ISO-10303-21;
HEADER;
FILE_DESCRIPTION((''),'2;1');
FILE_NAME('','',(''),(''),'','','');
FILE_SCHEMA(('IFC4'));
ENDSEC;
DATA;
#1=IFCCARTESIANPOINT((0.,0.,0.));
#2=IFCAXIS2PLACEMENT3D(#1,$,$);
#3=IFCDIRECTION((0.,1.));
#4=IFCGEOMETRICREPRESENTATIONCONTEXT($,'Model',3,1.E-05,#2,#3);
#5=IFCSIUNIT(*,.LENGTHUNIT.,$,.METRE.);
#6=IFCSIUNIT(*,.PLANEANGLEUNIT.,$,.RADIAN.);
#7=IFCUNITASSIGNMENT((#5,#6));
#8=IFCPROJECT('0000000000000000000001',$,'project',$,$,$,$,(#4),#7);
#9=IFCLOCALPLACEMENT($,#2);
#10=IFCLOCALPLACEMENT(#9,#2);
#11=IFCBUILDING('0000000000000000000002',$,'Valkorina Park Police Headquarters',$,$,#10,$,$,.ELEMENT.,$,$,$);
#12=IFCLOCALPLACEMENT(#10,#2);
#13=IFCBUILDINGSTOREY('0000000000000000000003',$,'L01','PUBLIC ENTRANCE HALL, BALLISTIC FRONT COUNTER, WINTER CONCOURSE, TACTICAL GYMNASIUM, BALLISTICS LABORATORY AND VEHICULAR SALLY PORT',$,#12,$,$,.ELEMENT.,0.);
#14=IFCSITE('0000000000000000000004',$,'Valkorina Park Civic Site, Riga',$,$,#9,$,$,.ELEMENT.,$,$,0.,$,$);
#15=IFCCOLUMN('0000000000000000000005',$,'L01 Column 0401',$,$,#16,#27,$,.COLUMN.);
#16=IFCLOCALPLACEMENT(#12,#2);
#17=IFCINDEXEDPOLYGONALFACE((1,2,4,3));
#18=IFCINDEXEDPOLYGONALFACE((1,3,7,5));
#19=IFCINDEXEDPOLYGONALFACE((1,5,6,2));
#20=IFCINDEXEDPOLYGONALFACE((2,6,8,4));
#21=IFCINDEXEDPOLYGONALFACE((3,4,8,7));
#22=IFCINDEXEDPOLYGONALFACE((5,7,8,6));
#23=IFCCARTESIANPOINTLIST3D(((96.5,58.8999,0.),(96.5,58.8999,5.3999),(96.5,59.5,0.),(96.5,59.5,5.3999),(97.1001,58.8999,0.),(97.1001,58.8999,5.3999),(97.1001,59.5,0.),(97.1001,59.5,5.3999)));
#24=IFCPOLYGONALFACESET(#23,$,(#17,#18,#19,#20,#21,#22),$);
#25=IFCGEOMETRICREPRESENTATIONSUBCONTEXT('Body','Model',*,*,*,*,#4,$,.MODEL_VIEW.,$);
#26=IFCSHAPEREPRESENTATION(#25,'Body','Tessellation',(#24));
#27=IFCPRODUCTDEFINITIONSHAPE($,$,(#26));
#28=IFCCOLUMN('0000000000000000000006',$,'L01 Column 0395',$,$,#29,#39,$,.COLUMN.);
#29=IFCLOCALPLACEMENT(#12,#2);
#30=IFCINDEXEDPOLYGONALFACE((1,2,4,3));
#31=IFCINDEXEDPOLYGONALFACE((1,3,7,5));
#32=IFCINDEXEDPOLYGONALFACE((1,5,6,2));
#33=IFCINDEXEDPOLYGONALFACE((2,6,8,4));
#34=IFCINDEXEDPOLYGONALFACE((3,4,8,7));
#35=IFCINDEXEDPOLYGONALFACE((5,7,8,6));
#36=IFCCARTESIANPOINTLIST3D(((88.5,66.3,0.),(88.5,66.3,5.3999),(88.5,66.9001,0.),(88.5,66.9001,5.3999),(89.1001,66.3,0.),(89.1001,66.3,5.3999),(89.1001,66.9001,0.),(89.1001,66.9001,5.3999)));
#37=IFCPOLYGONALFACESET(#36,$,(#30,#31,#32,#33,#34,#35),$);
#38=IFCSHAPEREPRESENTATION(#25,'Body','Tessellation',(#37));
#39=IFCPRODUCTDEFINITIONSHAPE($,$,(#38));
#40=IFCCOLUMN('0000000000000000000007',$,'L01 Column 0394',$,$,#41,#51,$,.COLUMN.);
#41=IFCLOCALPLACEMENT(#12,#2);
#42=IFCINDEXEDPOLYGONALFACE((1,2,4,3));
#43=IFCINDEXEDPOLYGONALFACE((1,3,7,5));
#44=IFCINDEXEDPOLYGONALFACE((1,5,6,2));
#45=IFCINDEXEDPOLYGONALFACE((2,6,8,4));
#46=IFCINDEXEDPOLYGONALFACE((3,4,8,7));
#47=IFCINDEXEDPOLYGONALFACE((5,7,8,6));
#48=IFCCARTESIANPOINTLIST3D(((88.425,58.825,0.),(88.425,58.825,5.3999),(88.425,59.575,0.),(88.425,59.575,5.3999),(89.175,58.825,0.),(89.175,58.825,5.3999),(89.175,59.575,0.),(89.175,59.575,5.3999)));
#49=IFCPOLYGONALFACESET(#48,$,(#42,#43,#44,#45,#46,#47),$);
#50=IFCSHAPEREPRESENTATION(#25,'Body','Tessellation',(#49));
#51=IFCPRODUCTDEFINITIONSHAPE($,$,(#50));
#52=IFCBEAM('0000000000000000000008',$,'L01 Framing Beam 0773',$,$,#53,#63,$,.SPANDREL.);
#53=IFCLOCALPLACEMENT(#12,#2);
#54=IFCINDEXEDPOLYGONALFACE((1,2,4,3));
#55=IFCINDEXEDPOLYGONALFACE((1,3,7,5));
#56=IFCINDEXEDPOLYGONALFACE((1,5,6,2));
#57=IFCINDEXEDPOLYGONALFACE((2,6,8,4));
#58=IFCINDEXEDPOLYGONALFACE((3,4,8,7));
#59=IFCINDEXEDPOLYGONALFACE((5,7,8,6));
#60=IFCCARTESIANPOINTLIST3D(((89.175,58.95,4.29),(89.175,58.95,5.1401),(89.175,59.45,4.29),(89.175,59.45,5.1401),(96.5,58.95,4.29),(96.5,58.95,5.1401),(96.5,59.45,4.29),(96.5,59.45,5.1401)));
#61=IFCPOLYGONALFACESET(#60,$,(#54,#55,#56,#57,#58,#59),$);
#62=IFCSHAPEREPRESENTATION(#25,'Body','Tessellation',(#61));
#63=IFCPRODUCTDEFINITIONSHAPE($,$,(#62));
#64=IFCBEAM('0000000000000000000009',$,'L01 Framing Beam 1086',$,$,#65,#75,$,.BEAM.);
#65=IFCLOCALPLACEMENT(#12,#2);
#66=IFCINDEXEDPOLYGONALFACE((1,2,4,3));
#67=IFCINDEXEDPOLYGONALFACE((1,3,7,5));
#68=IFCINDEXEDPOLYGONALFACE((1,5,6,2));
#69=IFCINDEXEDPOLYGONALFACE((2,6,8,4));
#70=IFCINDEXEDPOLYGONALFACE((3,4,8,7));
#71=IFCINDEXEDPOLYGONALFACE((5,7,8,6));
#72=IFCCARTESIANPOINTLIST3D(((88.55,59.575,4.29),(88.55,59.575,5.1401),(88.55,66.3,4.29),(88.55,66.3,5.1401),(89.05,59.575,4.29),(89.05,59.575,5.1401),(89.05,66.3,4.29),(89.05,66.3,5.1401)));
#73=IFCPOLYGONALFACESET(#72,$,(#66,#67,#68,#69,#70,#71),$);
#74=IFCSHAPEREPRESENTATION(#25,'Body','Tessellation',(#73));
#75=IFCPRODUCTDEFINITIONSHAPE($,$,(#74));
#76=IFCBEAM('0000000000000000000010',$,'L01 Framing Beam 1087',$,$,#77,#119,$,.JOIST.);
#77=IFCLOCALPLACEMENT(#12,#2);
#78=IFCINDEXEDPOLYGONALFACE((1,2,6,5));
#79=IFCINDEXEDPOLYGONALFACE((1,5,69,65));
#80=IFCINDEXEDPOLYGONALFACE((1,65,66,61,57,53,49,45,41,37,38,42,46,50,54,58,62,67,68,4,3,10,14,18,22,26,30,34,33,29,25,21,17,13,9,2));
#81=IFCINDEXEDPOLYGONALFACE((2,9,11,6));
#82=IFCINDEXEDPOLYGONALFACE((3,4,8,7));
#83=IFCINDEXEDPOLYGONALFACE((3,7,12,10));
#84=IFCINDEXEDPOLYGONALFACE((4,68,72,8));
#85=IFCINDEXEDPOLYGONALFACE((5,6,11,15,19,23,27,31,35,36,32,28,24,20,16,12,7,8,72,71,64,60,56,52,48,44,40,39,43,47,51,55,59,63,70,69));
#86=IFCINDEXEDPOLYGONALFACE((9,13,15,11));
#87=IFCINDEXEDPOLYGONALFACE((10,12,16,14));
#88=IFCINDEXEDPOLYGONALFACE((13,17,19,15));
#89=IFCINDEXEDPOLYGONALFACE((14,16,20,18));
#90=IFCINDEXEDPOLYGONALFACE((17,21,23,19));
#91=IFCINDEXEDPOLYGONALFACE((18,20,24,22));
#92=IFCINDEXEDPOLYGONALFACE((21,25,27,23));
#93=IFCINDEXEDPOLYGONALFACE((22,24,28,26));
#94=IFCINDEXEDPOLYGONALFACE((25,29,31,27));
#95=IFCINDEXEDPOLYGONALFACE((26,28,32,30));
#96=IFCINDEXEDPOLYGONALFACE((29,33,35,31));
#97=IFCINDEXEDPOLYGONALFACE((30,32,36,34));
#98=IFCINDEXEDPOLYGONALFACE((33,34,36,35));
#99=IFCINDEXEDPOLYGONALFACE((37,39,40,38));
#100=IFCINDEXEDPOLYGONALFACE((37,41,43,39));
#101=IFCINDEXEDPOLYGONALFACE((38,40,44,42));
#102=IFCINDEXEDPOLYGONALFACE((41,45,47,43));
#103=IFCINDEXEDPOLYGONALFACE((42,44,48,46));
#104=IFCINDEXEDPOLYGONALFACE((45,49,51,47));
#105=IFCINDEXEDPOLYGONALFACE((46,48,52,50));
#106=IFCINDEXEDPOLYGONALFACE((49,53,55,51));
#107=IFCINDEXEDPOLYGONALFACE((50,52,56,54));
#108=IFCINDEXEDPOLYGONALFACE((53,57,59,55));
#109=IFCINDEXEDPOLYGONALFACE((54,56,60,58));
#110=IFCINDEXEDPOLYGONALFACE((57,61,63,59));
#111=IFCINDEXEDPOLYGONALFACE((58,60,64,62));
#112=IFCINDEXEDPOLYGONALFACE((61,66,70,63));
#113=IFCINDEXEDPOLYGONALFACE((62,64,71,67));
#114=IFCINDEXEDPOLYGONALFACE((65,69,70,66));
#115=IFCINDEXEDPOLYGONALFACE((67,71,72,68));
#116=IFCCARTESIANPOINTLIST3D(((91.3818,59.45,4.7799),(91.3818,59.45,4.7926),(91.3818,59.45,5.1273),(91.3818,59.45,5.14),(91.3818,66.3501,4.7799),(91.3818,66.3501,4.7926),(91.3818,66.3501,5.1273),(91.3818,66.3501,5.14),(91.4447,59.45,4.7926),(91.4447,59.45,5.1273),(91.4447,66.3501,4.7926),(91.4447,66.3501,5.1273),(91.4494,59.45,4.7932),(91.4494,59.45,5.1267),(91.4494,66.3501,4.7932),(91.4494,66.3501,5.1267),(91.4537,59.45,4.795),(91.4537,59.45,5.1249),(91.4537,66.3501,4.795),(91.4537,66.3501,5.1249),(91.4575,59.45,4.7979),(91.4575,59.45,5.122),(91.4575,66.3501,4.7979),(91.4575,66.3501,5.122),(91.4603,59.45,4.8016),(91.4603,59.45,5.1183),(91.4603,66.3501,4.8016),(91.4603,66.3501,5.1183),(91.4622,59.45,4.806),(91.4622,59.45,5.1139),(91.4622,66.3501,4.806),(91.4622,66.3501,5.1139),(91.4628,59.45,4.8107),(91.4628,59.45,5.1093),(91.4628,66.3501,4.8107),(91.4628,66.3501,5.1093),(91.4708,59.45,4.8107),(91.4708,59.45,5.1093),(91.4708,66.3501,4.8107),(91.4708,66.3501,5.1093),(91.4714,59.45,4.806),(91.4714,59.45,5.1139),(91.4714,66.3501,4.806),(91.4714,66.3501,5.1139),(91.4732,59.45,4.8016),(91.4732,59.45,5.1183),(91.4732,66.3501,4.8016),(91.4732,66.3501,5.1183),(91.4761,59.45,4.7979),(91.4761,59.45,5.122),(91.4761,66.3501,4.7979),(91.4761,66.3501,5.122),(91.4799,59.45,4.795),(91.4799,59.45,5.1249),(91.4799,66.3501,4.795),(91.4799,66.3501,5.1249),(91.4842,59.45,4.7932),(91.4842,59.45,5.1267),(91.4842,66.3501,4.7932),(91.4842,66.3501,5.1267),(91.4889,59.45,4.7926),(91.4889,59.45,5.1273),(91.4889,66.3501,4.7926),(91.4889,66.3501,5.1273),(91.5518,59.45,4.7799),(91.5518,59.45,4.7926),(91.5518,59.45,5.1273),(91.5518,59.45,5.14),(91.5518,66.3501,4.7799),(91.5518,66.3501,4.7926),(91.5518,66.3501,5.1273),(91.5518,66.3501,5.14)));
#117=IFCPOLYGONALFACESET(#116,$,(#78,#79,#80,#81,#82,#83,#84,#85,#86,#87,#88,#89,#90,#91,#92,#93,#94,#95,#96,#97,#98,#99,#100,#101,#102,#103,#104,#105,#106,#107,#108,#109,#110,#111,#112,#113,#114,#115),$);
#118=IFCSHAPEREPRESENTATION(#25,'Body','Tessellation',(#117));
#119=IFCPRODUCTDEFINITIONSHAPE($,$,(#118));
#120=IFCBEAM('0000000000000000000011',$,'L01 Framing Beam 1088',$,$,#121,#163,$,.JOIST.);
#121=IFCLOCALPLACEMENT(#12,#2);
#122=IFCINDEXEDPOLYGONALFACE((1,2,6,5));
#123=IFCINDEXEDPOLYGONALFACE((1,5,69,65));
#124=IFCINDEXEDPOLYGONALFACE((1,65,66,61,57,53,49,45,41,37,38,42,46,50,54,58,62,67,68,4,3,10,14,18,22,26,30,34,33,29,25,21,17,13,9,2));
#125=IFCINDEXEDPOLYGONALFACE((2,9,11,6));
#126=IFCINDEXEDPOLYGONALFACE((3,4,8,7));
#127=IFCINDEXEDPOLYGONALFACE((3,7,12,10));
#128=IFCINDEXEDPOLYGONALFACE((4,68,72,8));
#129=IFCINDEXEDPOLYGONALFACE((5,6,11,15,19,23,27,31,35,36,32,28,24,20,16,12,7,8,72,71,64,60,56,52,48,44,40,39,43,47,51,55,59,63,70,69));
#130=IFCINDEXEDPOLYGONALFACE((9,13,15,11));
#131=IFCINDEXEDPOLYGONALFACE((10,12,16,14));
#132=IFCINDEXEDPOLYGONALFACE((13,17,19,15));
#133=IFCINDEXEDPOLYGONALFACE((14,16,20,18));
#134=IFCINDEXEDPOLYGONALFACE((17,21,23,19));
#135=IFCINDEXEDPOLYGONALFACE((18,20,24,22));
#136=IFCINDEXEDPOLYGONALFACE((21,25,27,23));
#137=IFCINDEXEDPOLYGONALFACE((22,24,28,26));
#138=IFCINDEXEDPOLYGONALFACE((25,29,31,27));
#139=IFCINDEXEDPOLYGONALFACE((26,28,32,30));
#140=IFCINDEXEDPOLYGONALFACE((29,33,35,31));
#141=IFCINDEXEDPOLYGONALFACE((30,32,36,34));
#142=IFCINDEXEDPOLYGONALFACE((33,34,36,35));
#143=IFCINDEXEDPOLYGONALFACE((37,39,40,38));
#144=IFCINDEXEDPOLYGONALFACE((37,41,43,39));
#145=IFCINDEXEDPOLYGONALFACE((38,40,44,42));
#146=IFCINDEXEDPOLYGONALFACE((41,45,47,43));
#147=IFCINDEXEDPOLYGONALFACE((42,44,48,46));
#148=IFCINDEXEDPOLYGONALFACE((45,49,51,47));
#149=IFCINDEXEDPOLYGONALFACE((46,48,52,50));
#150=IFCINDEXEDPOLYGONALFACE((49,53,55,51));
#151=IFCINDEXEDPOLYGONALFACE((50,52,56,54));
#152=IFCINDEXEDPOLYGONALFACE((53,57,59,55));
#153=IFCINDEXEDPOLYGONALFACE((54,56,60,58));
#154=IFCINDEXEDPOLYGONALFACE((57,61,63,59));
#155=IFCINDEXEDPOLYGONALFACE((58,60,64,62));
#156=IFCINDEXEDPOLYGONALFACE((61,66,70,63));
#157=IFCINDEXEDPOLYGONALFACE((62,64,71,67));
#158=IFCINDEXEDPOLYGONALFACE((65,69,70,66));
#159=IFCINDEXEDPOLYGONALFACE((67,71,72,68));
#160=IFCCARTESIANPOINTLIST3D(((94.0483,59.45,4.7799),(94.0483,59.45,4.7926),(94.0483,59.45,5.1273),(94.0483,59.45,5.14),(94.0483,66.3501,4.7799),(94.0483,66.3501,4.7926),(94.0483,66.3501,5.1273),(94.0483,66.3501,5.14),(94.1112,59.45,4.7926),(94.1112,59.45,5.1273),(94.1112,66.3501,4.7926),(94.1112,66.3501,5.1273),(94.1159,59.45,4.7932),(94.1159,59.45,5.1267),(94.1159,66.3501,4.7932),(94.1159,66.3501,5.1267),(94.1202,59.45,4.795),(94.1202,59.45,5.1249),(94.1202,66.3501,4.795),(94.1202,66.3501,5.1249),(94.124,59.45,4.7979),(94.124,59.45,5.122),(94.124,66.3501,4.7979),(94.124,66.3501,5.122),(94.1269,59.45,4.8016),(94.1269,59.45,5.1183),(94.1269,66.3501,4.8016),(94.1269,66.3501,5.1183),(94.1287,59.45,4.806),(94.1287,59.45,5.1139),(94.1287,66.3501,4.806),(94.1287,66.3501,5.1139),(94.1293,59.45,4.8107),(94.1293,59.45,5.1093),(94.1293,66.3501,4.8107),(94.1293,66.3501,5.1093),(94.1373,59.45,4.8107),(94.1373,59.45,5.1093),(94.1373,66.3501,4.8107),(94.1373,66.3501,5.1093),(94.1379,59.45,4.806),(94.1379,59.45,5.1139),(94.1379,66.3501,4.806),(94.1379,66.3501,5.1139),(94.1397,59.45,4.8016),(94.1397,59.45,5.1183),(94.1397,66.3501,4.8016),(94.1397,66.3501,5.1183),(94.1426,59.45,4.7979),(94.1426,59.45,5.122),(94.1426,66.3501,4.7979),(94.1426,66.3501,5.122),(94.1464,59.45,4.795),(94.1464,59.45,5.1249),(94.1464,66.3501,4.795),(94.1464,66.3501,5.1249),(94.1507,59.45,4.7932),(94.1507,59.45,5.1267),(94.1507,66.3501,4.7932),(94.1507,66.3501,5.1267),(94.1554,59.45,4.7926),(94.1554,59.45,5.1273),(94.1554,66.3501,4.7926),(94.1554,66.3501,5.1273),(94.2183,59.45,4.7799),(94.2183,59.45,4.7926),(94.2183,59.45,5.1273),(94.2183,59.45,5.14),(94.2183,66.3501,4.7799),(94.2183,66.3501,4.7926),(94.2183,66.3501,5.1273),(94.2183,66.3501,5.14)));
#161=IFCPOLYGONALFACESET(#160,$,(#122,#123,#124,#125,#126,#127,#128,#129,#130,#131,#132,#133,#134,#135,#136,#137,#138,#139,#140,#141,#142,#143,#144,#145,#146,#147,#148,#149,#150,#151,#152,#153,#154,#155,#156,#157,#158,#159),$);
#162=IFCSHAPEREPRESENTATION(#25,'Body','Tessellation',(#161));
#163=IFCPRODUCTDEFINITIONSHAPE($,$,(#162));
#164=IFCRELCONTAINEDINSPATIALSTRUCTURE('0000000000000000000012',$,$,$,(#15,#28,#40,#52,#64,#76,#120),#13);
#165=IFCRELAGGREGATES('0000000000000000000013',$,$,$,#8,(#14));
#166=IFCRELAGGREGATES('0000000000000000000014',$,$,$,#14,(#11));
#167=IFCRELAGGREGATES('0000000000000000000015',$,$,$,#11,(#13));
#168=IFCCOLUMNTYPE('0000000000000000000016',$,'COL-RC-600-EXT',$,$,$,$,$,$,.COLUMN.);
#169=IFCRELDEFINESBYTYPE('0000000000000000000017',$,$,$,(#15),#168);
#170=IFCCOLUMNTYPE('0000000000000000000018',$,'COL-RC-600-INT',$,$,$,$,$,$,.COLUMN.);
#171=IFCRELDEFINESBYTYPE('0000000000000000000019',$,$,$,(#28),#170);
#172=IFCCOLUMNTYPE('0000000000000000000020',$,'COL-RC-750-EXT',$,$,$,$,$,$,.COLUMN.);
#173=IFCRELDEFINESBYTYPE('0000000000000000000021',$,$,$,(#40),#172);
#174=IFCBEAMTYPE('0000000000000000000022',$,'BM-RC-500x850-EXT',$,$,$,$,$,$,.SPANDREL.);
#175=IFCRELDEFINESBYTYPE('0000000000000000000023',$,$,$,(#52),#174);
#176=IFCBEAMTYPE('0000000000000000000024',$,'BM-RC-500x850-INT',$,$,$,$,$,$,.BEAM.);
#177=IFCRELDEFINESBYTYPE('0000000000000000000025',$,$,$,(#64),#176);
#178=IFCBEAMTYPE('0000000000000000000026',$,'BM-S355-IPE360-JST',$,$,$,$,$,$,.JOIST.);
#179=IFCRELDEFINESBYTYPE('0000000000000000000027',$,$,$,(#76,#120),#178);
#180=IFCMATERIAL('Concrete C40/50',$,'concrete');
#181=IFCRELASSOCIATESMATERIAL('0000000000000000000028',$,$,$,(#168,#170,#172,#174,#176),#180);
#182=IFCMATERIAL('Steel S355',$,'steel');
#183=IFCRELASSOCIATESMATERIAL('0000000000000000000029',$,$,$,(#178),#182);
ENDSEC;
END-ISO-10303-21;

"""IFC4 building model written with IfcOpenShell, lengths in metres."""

from ifc_helpers import new_model, si_unit, direction, frame, origin, origin_2d, place, context, subcontext, project, spatial, rectangle, i_section, extrude, material, material_profile, profile_set, type_object, element, save


model = new_model("IFC4")

# Units and contexts
model_context = context("Model", 3, precision=1e-05, world=origin(), true_north=direction((0.0, 1.0)))
body_context = subcontext(model_context, "Body", "Model", "MODEL_VIEW")
ifc_project = project(units=[si_unit("LENGTHUNIT", "METRE"), si_unit("PLANEANGLEUNIT", "RADIAN")], contexts=[model_context])

# Site, building, storey
site_placement = place(None, origin())
site = spatial("IfcSite", under=ifc_project, at=site_placement, Name="Valkorina Park Civic Site, Riga", CompositionType="ELEMENT", RefElevation=0.0)
building_placement = place(site_placement, origin())
building = spatial("IfcBuilding", under=site, at=building_placement, Name="Valkorina Park Police Headquarters", CompositionType="ELEMENT")
storey_placement = place(building_placement, origin())
storey = spatial("IfcBuildingStorey", under=building, at=storey_placement, Name="L01", Description="PUBLIC ENTRANCE HALL, BALLISTIC FRONT COUNTER, WINTER CONCOURSE, TACTICAL GYMNASIUM, BALLISTICS LABORATORY AND VEHICULAR SALLY PORT", CompositionType="ELEMENT", Elevation=0.0)

# Columns
ifc_material_1 = material(Name="Concrete C40/50", Category="concrete")
ifc_material_profile_1 = material_profile(ifc_material_1, rectangle(XDim=0.6001, YDim=0.6001, at=origin_2d()), Name="RC COL 600x600")
ifc_profile_set_1 = profile_set([ifc_material_profile_1], Name="Concrete C40/50")
column_type_1 = type_object("IfcColumnType", Name="COL-RC-600-EXT", PredefinedType="COLUMN", material=ifc_profile_set_1)
column_1_placement = place(storey_placement, frame((96.8, 59.2, 0.0), z_axis=(0.0, 0.0, 1.0), x_axis=(1.0, 0.0, 0.0)))
element("IfcColumn", 1, at=column_1_placement, inside=storey, type_object=column_type_1, Name="L01 Column 0401", PredefinedType="COLUMN", context=body_context, shape_type="SweptSolid", body=[
    extrude(rectangle(XDim=0.6001, YDim=0.6001, at=origin_2d()), origin(), (0.0, 0.0, 1.0), 5.3999),
])
ifc_material_profile_2 = material_profile(ifc_material_1, rectangle(XDim=0.6001, YDim=0.6001, at=origin_2d()), Name="RC COL 600x600")
ifc_profile_set_2 = profile_set([ifc_material_profile_2], Name="Concrete C40/50")
column_type_2 = type_object("IfcColumnType", Name="COL-RC-600-INT", PredefinedType="COLUMN", material=ifc_profile_set_2)
column_2_placement = place(storey_placement, frame((88.8, 66.6001, 0.0), z_axis=(0.0, 0.0, 1.0), x_axis=(1.0, 0.0, 0.0)))
element("IfcColumn", 2, at=column_2_placement, inside=storey, type_object=column_type_2, Name="L01 Column 0395", PredefinedType="COLUMN", context=body_context, shape_type="SweptSolid", body=[
    extrude(rectangle(XDim=0.6001, YDim=0.6001, at=origin_2d()), origin(), (0.0, 0.0, 1.0), 5.3999),
])
ifc_material_profile_3 = material_profile(ifc_material_1, rectangle(XDim=0.75, YDim=0.75, at=origin_2d()), Name="RC COL 750x750")
ifc_profile_set_3 = profile_set([ifc_material_profile_3], Name="Concrete C40/50")
column_type_3 = type_object("IfcColumnType", Name="COL-RC-750-EXT", PredefinedType="COLUMN", material=ifc_profile_set_3)
column_3_placement = place(storey_placement, frame((88.8, 59.2, 0.0), z_axis=(0.0, 0.0, 1.0), x_axis=(1.0, 0.0, 0.0)))
element("IfcColumn", 3, at=column_3_placement, inside=storey, type_object=column_type_3, Name="L01 Column 0394", PredefinedType="COLUMN", context=body_context, shape_type="SweptSolid", body=[
    extrude(rectangle(XDim=0.75, YDim=0.75, at=origin_2d()), origin(), (0.0, 0.0, 1.0), 5.3999),
])

# Beams
ifc_material_profile_4 = material_profile(ifc_material_1, rectangle(XDim=0.5, YDim=0.8501, at=origin_2d()), Name="RC BEAM 500x850")
ifc_profile_set_4 = profile_set([ifc_material_profile_4], Name="Concrete C40/50")
beam_type_1 = type_object("IfcBeamType", Name="BM-RC-500x850-EXT", PredefinedType="SPANDREL", material=ifc_profile_set_4)
beam_1_placement = place(storey_placement, frame((89.175, 59.2, 4.7151), z_axis=(1.0, 0.0, 0.0), x_axis=(0.0, 1.0, 0.0)))
element("IfcBeam", 4, at=beam_1_placement, inside=storey, type_object=beam_type_1, Name="L01 Framing Beam 0773", PredefinedType="SPANDREL", context=body_context, shape_type="SweptSolid", body=[
    extrude(rectangle(XDim=0.5, YDim=0.8501, at=origin_2d()), origin(), (0.0, 0.0, 1.0), 7.325),
])
ifc_material_profile_5 = material_profile(ifc_material_1, rectangle(XDim=0.5, YDim=0.8501, at=origin_2d()), Name="RC BEAM 500x850")
ifc_profile_set_5 = profile_set([ifc_material_profile_5], Name="Concrete C40/50")
beam_type_2 = type_object("IfcBeamType", Name="BM-RC-500x850-INT", PredefinedType="BEAM", material=ifc_profile_set_5)
beam_2_placement = place(storey_placement, frame((88.8, 59.575, 4.7151), z_axis=(0.0, 1.0, 0.0), x_axis=(-1.0, 0.0, 0.0)))
element("IfcBeam", 5, at=beam_2_placement, inside=storey, type_object=beam_type_2, Name="L01 Framing Beam 1086", PredefinedType="BEAM", context=body_context, shape_type="SweptSolid", body=[
    extrude(rectangle(XDim=0.5, YDim=0.8501, at=origin_2d()), origin(), (0.0, 0.0, 1.0), 6.7251),
])
ifc_material_2 = material(Name="Steel S355", Category="steel")
ifc_material_profile_6 = material_profile(ifc_material_2, i_section(OverallWidth=0.1699, OverallDepth=0.3601, WebThickness=0.0081, FlangeThickness=0.0127, FilletRadius=0.0181, at=origin_2d()), Name="IPE 360")
ifc_profile_set_6 = profile_set([ifc_material_profile_6], Name="Steel S355")
beam_type_3 = type_object("IfcBeamType", Name="BM-S355-IPE360-JST", PredefinedType="JOIST", material=ifc_profile_set_6)
for number, where, z_axis, x_axis, name in (
    (6, (91.4668, 59.45, 4.96), (0.0, 1.0, 0.0), (-1.0, 0.0, 0.0), "L01 Framing Beam 1087"),
    (7, (94.1333, 59.45, 4.96), (0.0, 1.0, 0.0), (-1.0, 0.0, 0.0), "L01 Framing Beam 1088"),
):
    element("IfcBeam", number, at=place(storey_placement, frame(where, z_axis=z_axis, x_axis=x_axis)), inside=storey, type_object=beam_type_3, Name=name, PredefinedType="JOIST", context=body_context, shape_type="SweptSolid", body=[
        extrude(i_section(OverallWidth=0.1699, OverallDepth=0.3601, WebThickness=0.0081, FlangeThickness=0.0127, FilletRadius=0.0181, at=origin_2d()), origin(), (0.0, 0.0, 1.0), 6.9001),
    ])

save(model, "model.ifc")
